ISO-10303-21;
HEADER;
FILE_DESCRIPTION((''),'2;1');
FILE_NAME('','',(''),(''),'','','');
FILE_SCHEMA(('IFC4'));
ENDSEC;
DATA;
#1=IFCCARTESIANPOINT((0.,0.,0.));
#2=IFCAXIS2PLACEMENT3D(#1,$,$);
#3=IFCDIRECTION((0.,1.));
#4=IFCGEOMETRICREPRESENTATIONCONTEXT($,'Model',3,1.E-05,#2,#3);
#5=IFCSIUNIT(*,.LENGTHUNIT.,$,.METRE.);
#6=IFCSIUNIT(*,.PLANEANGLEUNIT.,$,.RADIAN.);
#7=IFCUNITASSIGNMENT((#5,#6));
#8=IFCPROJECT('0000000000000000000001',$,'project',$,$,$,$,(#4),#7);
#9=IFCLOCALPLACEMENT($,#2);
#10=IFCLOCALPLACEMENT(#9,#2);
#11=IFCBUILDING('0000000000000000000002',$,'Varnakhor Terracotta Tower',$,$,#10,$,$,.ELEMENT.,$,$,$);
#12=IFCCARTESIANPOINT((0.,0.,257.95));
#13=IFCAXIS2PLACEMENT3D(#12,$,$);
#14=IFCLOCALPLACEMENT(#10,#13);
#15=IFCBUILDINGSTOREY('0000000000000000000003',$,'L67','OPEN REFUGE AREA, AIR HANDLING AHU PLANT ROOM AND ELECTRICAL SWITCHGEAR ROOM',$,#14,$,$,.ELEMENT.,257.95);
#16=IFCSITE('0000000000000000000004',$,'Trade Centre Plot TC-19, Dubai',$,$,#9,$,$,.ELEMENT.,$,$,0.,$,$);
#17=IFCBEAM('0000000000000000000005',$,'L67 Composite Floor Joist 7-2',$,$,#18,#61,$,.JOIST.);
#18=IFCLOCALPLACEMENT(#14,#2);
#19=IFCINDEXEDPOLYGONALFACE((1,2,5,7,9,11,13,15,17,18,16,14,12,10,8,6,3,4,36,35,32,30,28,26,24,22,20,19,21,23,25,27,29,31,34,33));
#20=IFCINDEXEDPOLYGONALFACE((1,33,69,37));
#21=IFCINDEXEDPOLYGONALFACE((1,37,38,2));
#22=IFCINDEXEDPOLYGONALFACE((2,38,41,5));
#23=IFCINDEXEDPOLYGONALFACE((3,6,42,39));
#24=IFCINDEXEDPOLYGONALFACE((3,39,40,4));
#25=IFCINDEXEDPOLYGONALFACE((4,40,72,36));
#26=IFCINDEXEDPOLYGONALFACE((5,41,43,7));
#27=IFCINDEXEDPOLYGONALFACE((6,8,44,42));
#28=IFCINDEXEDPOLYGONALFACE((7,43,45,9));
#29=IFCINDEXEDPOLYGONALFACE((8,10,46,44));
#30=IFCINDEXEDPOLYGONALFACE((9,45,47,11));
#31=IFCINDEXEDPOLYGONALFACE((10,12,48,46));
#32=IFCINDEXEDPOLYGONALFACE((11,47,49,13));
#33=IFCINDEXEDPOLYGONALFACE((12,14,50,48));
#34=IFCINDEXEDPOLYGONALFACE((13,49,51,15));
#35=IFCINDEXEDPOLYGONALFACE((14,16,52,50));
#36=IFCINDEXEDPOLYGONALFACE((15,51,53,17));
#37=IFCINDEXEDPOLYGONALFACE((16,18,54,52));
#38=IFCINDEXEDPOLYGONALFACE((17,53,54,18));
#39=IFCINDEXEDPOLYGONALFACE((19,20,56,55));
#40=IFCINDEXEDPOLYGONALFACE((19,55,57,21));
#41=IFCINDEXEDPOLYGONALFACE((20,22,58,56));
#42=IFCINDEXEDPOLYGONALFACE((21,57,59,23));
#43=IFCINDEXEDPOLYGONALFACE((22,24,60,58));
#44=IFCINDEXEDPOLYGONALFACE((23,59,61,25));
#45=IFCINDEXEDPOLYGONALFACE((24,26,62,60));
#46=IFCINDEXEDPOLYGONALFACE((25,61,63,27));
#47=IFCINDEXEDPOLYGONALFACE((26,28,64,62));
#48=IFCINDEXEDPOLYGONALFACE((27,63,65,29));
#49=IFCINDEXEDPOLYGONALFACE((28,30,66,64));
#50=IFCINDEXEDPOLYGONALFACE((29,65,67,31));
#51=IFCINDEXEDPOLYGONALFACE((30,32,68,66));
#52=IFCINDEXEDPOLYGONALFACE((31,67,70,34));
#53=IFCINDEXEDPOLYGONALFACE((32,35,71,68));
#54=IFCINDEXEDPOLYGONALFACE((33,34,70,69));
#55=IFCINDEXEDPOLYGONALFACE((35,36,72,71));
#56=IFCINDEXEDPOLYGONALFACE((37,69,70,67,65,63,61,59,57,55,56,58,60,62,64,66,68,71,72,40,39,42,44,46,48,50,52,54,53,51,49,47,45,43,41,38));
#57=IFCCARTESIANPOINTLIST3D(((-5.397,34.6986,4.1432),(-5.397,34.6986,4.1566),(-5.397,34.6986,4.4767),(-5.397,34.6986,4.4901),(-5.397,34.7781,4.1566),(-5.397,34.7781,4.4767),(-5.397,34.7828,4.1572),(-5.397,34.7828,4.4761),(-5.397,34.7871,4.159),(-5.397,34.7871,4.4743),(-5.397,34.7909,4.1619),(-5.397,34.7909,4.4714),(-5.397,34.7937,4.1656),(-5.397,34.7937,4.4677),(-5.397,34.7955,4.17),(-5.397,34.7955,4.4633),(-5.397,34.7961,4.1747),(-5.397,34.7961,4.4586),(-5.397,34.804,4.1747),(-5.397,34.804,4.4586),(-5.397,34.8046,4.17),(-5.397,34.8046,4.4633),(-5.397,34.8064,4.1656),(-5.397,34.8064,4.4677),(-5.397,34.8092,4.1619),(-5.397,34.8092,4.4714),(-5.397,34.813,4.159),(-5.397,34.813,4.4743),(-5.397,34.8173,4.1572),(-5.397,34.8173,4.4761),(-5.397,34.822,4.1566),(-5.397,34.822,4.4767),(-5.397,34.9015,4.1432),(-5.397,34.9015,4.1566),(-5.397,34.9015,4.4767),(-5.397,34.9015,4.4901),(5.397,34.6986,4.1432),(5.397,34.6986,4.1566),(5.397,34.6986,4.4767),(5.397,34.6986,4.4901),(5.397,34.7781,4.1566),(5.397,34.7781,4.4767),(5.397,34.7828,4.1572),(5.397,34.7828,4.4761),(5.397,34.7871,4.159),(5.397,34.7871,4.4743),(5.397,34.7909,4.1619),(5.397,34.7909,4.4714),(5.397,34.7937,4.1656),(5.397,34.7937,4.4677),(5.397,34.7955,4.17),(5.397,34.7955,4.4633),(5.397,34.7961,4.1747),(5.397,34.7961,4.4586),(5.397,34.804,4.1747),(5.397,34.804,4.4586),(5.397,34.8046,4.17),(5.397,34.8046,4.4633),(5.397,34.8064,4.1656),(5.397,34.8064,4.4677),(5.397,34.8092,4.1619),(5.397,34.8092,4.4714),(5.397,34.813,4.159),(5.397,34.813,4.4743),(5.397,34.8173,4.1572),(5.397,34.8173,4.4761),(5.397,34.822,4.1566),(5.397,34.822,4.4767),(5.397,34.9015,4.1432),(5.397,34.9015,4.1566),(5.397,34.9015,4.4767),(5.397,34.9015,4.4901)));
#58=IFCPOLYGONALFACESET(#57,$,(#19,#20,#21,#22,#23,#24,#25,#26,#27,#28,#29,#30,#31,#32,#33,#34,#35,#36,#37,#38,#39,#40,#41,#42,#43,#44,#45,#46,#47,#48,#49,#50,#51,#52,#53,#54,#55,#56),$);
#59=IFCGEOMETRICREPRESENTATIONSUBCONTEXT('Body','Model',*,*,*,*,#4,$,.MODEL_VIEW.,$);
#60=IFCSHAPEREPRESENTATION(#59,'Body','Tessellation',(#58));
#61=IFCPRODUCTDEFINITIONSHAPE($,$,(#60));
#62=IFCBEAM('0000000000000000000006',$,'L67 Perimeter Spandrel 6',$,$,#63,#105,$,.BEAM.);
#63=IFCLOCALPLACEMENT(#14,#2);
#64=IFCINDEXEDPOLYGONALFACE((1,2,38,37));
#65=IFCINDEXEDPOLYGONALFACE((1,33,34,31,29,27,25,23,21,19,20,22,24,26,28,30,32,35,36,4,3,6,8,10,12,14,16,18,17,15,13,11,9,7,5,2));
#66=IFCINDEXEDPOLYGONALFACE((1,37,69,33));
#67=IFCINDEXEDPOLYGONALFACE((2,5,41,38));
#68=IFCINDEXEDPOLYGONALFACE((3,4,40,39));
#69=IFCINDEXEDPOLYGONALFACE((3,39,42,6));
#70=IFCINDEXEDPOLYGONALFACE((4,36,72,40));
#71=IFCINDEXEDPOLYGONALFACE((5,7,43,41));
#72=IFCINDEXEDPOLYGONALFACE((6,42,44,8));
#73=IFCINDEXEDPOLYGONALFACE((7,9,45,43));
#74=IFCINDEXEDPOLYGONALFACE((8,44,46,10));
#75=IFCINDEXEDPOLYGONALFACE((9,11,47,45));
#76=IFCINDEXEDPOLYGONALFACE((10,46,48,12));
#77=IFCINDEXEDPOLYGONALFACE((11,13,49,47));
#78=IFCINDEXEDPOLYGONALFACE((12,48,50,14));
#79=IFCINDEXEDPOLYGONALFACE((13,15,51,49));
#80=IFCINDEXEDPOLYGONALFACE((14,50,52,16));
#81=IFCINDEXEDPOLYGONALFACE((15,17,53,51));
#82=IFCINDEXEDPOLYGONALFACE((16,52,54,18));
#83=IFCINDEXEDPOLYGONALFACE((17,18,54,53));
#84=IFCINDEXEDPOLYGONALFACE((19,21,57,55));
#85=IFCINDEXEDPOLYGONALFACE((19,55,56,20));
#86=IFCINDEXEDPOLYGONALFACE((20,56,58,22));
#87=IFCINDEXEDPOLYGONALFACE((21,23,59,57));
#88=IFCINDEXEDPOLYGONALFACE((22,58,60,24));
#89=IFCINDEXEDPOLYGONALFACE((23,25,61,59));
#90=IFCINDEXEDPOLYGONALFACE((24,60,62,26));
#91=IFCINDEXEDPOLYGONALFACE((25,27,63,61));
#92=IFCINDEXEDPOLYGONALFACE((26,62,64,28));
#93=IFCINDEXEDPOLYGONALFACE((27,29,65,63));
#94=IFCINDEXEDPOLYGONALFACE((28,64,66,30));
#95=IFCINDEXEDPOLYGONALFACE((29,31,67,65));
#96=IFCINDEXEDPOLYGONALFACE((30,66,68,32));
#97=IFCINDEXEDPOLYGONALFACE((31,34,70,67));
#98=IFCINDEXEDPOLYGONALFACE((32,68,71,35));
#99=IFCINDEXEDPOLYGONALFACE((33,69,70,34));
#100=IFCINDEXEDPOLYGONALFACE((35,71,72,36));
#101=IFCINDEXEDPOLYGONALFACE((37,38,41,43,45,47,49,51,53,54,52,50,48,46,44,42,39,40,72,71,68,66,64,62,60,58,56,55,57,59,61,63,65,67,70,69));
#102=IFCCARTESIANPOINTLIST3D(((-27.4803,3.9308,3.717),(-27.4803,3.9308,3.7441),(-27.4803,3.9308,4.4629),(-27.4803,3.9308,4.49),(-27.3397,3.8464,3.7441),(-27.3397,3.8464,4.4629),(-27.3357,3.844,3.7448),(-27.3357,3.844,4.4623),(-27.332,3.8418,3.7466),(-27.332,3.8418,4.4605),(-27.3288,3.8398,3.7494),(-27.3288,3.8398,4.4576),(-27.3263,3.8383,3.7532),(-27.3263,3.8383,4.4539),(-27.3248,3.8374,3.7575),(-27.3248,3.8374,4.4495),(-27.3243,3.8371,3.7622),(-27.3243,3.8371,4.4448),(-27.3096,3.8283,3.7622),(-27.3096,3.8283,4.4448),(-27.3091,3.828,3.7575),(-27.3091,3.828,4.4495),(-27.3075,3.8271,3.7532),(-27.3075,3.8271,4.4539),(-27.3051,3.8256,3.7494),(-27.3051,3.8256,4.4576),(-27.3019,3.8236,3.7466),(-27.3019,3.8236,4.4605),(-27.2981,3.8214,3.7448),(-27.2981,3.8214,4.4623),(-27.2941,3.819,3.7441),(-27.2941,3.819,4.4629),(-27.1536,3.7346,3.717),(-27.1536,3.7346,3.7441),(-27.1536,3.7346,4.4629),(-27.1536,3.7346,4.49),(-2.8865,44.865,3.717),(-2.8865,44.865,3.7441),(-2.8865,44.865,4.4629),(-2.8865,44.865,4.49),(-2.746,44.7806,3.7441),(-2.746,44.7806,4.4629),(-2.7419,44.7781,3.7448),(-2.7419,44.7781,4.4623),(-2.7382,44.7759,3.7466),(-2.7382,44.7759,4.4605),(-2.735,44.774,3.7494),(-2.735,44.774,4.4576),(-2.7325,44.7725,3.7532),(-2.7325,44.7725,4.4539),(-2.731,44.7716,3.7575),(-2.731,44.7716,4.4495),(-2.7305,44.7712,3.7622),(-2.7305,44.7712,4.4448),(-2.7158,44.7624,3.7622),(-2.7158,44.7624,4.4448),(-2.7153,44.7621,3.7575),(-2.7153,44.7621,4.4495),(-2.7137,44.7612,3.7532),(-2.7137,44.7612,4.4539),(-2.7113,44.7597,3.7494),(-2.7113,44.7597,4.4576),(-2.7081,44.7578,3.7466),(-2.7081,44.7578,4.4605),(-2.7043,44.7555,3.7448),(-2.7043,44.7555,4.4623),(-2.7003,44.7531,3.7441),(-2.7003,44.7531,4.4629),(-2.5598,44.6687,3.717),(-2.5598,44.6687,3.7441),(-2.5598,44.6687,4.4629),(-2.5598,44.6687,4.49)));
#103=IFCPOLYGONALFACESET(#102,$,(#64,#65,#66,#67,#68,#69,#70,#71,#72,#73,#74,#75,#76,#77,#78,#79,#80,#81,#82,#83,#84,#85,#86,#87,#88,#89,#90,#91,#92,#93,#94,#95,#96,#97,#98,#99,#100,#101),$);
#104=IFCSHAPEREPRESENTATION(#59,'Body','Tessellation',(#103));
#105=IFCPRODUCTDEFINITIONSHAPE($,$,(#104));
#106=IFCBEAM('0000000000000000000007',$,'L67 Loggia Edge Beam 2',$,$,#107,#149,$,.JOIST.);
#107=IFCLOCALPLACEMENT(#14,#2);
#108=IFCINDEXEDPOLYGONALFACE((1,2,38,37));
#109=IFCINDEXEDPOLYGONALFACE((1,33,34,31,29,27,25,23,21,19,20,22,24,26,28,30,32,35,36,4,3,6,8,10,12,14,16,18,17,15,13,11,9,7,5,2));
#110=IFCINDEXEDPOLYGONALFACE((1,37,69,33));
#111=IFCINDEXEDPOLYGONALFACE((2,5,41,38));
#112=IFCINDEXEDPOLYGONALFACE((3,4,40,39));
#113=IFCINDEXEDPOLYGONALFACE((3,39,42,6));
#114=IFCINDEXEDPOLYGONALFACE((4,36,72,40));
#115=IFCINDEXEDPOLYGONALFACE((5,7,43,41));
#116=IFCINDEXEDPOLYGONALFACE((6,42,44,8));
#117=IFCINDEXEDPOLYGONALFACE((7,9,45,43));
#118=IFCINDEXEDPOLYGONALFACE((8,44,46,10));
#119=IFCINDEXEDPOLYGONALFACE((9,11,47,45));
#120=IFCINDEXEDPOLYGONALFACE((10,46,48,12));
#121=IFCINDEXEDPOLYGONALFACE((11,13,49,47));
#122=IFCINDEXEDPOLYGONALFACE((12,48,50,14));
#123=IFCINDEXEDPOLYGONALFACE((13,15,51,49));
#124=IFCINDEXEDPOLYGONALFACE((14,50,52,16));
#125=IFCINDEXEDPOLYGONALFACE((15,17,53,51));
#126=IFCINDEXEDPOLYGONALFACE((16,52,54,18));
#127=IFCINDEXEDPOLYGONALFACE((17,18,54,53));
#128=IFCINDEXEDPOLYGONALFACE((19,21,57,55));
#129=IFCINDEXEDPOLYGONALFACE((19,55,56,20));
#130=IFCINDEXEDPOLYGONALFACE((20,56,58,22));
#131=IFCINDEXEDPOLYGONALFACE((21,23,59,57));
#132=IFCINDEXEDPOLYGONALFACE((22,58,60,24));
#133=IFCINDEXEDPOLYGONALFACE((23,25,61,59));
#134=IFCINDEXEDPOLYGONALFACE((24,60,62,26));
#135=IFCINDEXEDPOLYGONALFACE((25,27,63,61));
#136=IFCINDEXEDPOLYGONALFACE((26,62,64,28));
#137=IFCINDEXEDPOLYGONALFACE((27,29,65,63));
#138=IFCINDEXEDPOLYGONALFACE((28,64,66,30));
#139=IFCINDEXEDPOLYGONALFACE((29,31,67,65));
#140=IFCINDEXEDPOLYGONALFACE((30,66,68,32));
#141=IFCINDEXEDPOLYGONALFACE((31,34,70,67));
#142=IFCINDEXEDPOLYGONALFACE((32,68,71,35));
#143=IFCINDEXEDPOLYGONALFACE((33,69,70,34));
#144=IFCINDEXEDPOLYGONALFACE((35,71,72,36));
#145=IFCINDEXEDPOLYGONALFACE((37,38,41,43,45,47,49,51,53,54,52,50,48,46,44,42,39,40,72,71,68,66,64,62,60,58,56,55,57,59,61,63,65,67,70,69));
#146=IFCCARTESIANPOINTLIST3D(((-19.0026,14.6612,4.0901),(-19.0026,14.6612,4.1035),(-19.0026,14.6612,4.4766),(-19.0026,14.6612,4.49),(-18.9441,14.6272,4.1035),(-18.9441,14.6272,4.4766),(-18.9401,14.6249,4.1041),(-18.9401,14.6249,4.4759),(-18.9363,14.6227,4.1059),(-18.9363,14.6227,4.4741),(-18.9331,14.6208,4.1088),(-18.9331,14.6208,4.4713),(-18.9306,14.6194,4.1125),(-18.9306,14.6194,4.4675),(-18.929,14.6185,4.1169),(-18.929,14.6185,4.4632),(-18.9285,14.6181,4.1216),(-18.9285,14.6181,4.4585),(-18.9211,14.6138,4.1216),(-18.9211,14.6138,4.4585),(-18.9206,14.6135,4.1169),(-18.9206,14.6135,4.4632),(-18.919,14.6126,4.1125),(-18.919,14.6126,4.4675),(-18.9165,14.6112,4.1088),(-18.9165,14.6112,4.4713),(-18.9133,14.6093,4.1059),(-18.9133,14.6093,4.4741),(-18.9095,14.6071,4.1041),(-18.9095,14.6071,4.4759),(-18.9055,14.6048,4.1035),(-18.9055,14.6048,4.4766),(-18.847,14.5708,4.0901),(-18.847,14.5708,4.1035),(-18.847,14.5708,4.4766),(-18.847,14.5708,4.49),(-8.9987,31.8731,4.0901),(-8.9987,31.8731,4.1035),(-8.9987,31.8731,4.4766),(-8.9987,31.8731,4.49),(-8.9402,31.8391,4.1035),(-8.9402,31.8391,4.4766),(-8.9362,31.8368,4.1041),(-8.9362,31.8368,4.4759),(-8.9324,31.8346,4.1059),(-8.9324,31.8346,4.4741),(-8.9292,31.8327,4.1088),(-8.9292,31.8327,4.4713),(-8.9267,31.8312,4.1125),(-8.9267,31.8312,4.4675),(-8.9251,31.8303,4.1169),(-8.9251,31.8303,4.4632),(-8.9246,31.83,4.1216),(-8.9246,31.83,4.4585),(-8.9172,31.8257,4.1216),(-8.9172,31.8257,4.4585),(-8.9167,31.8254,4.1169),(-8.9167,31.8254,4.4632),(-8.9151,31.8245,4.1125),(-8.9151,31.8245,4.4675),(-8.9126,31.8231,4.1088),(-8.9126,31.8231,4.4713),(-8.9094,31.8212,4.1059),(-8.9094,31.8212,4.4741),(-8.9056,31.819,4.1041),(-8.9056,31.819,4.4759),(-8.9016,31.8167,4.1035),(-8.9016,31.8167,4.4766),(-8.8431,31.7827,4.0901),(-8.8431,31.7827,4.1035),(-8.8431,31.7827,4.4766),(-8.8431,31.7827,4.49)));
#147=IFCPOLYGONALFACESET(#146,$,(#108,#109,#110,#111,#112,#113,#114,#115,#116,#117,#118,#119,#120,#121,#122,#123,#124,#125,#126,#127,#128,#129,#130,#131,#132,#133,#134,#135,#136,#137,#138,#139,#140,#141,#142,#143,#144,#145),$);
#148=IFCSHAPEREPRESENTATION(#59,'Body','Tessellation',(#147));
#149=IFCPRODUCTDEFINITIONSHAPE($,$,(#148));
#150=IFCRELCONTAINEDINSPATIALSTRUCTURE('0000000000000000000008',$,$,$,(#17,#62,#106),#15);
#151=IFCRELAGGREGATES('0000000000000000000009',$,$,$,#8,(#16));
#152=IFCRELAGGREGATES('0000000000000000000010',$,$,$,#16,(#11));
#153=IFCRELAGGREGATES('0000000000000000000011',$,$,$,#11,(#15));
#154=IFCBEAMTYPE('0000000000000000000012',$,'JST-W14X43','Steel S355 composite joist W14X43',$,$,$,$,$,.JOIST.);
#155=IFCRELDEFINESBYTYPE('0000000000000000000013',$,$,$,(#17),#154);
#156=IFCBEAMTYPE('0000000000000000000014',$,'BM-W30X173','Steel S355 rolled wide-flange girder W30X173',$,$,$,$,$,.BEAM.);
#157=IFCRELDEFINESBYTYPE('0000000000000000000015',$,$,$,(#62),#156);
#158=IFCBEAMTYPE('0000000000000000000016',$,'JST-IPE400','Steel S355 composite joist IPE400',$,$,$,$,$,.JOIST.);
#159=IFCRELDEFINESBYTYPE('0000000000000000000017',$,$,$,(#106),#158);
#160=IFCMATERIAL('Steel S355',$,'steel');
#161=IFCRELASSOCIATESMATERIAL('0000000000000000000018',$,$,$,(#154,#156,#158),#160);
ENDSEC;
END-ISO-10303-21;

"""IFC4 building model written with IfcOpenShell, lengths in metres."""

from ifc_helpers import new_model, si_unit, direction, frame, origin, origin_2d, place, context, subcontext, project, spatial, i_section, extrude, source, transform, mapped, material, material_profile, profile_set, type_object, element, save


model = new_model("IFC4")

# Units and contexts
model_context = context("Model", 3, precision=1e-05, world=origin(), true_north=direction((0.0, 1.0)))
body_context = subcontext(model_context, "Body", "Model", "MODEL_VIEW")
ifc_project = project(units=[si_unit("LENGTHUNIT", "METRE"), si_unit("PLANEANGLEUNIT", "RADIAN")], contexts=[model_context])

# Site, building, storey
site_placement = place(None, origin())
site = spatial("IfcSite", under=ifc_project, at=site_placement, Name="Trade Centre Plot TC-19, Dubai", CompositionType="ELEMENT", RefElevation=0.0)
building_placement = place(site_placement, origin())
building = spatial("IfcBuilding", under=site, at=building_placement, Name="Varnakhor Terracotta Tower", CompositionType="ELEMENT")
storey_placement = place(building_placement, frame((0.0, 0.0, 257.95)))
storey = spatial("IfcBuildingStorey", under=building, at=storey_placement, Name="L67", Description="OPEN REFUGE AREA, AIR HANDLING AHU PLANT ROOM AND ELECTRICAL SWITCHGEAR ROOM", CompositionType="ELEMENT", Elevation=257.95)

# Beams
ifc_material_1 = material(Name="Steel S355", Category="steel")
ifc_material_profile_1 = material_profile(ifc_material_1, i_section(OverallWidth=0.2029, OverallDepth=0.3469, WebThickness=0.0078, FlangeThickness=0.0134, FilletRadius=0.0181, at=origin_2d()), Name="W14X43")
ifc_profile_set_1 = profile_set([ifc_material_profile_1], Name="Steel S355")
beam_type_1 = type_object("IfcBeamType", Name="JST-W14X43", Description="Steel S355 composite joist W14X43", PredefinedType="JOIST", material=ifc_profile_set_1)
shared_shape_1 = source(origin(), body_context, "Body", "SweptSolid", [
    extrude(i_section(OverallWidth=0.2029, OverallDepth=0.3469, WebThickness=0.0078, FlangeThickness=0.0134, FilletRadius=0.0181, at=origin_2d()), origin(), (0.0, 0.0, 1.0), 10.7939),
])
for number, where, z_axis, x_axis, name in (
    (1, (-5.397, 34.8, 4.3167), (1.0, 0.0, 0.0), (0.0, 1.0, 0.0), "L67 Composite Floor Joist 7-2"),
):
    element("IfcBeam", number, at=place(storey_placement, frame(where, z_axis=z_axis, x_axis=x_axis)), inside=storey, type_object=beam_type_1, Name=name, PredefinedType="JOIST", context=body_context, shape_type="MappedRepresentation", body=[
        mapped(shared_shape_1, transform((0.0, 0.0, 0.0), scale=1.0)),
    ])
ifc_material_profile_2 = material_profile(ifc_material_1, i_section(OverallWidth=0.3811, OverallDepth=0.7729, WebThickness=0.0171, FlangeThickness=0.0271, FilletRadius=0.0181, at=origin_2d()), Name="W30X173")
ifc_profile_set_2 = profile_set([ifc_material_profile_2], Name="Steel S355")
beam_type_2 = type_object("IfcBeamType", Name="BM-W30X173", Description="Steel S355 rolled wide-flange girder W30X173", PredefinedType="BEAM", material=ifc_profile_set_2)
shared_shape_2 = source(origin(), body_context, "Body", "SweptSolid", [
    extrude(i_section(OverallWidth=0.3811, OverallDepth=0.7729, WebThickness=0.0171, FlangeThickness=0.0271, FilletRadius=0.0181, at=origin_2d()), origin(), (0.0, 0.0, 1.0), 47.7542),
])
beam_1_placement = place(storey_placement, frame((-2.7231, 44.7668, 4.1035), z_axis=(-0.515008, -0.857185, 0.0), x_axis=(0.857185, -0.515008, 0.0)))
element("IfcBeam", 2, at=beam_1_placement, inside=storey, type_object=beam_type_2, Name="L67 Perimeter Spandrel 6", PredefinedType="BEAM", context=body_context, shape_type="MappedRepresentation", body=[
    mapped(shared_shape_2, transform((0.0, 0.0, 0.0), scale=1.0)),
])
ifc_material_profile_3 = material_profile(ifc_material_1, i_section(OverallWidth=0.1799, OverallDepth=0.3999, WebThickness=0.0085, FlangeThickness=0.0134, FilletRadius=0.0181, at=origin_2d()), Name="IPE400")
ifc_profile_set_3 = profile_set([ifc_material_profile_3], Name="Steel S355")
beam_type_3 = type_object("IfcBeamType", Name="JST-IPE400", Description="Steel S355 composite joist IPE400", PredefinedType="JOIST", material=ifc_profile_set_3)
shared_shape_3 = source(origin(), body_context, "Body", "SweptSolid", [
    extrude(i_section(OverallWidth=0.1799, OverallDepth=0.3999, WebThickness=0.0085, FlangeThickness=0.0134, FilletRadius=0.0181, at=origin_2d()), origin(), (0.0, 0.0, 1.0), 19.908),
])
beam_2_placement = place(storey_placement, frame((-8.9209, 31.8279, 4.29), z_axis=(-0.502507, -0.864573, 0.0), x_axis=(0.864573, -0.502507, 0.0)))
element("IfcBeam", 3, at=beam_2_placement, inside=storey, type_object=beam_type_3, Name="L67 Loggia Edge Beam 2", PredefinedType="JOIST", context=body_context, shape_type="MappedRepresentation", body=[
    mapped(shared_shape_3, transform((0.0, 0.0, 0.0), scale=1.0)),
])

save(model, "model.ifc")
